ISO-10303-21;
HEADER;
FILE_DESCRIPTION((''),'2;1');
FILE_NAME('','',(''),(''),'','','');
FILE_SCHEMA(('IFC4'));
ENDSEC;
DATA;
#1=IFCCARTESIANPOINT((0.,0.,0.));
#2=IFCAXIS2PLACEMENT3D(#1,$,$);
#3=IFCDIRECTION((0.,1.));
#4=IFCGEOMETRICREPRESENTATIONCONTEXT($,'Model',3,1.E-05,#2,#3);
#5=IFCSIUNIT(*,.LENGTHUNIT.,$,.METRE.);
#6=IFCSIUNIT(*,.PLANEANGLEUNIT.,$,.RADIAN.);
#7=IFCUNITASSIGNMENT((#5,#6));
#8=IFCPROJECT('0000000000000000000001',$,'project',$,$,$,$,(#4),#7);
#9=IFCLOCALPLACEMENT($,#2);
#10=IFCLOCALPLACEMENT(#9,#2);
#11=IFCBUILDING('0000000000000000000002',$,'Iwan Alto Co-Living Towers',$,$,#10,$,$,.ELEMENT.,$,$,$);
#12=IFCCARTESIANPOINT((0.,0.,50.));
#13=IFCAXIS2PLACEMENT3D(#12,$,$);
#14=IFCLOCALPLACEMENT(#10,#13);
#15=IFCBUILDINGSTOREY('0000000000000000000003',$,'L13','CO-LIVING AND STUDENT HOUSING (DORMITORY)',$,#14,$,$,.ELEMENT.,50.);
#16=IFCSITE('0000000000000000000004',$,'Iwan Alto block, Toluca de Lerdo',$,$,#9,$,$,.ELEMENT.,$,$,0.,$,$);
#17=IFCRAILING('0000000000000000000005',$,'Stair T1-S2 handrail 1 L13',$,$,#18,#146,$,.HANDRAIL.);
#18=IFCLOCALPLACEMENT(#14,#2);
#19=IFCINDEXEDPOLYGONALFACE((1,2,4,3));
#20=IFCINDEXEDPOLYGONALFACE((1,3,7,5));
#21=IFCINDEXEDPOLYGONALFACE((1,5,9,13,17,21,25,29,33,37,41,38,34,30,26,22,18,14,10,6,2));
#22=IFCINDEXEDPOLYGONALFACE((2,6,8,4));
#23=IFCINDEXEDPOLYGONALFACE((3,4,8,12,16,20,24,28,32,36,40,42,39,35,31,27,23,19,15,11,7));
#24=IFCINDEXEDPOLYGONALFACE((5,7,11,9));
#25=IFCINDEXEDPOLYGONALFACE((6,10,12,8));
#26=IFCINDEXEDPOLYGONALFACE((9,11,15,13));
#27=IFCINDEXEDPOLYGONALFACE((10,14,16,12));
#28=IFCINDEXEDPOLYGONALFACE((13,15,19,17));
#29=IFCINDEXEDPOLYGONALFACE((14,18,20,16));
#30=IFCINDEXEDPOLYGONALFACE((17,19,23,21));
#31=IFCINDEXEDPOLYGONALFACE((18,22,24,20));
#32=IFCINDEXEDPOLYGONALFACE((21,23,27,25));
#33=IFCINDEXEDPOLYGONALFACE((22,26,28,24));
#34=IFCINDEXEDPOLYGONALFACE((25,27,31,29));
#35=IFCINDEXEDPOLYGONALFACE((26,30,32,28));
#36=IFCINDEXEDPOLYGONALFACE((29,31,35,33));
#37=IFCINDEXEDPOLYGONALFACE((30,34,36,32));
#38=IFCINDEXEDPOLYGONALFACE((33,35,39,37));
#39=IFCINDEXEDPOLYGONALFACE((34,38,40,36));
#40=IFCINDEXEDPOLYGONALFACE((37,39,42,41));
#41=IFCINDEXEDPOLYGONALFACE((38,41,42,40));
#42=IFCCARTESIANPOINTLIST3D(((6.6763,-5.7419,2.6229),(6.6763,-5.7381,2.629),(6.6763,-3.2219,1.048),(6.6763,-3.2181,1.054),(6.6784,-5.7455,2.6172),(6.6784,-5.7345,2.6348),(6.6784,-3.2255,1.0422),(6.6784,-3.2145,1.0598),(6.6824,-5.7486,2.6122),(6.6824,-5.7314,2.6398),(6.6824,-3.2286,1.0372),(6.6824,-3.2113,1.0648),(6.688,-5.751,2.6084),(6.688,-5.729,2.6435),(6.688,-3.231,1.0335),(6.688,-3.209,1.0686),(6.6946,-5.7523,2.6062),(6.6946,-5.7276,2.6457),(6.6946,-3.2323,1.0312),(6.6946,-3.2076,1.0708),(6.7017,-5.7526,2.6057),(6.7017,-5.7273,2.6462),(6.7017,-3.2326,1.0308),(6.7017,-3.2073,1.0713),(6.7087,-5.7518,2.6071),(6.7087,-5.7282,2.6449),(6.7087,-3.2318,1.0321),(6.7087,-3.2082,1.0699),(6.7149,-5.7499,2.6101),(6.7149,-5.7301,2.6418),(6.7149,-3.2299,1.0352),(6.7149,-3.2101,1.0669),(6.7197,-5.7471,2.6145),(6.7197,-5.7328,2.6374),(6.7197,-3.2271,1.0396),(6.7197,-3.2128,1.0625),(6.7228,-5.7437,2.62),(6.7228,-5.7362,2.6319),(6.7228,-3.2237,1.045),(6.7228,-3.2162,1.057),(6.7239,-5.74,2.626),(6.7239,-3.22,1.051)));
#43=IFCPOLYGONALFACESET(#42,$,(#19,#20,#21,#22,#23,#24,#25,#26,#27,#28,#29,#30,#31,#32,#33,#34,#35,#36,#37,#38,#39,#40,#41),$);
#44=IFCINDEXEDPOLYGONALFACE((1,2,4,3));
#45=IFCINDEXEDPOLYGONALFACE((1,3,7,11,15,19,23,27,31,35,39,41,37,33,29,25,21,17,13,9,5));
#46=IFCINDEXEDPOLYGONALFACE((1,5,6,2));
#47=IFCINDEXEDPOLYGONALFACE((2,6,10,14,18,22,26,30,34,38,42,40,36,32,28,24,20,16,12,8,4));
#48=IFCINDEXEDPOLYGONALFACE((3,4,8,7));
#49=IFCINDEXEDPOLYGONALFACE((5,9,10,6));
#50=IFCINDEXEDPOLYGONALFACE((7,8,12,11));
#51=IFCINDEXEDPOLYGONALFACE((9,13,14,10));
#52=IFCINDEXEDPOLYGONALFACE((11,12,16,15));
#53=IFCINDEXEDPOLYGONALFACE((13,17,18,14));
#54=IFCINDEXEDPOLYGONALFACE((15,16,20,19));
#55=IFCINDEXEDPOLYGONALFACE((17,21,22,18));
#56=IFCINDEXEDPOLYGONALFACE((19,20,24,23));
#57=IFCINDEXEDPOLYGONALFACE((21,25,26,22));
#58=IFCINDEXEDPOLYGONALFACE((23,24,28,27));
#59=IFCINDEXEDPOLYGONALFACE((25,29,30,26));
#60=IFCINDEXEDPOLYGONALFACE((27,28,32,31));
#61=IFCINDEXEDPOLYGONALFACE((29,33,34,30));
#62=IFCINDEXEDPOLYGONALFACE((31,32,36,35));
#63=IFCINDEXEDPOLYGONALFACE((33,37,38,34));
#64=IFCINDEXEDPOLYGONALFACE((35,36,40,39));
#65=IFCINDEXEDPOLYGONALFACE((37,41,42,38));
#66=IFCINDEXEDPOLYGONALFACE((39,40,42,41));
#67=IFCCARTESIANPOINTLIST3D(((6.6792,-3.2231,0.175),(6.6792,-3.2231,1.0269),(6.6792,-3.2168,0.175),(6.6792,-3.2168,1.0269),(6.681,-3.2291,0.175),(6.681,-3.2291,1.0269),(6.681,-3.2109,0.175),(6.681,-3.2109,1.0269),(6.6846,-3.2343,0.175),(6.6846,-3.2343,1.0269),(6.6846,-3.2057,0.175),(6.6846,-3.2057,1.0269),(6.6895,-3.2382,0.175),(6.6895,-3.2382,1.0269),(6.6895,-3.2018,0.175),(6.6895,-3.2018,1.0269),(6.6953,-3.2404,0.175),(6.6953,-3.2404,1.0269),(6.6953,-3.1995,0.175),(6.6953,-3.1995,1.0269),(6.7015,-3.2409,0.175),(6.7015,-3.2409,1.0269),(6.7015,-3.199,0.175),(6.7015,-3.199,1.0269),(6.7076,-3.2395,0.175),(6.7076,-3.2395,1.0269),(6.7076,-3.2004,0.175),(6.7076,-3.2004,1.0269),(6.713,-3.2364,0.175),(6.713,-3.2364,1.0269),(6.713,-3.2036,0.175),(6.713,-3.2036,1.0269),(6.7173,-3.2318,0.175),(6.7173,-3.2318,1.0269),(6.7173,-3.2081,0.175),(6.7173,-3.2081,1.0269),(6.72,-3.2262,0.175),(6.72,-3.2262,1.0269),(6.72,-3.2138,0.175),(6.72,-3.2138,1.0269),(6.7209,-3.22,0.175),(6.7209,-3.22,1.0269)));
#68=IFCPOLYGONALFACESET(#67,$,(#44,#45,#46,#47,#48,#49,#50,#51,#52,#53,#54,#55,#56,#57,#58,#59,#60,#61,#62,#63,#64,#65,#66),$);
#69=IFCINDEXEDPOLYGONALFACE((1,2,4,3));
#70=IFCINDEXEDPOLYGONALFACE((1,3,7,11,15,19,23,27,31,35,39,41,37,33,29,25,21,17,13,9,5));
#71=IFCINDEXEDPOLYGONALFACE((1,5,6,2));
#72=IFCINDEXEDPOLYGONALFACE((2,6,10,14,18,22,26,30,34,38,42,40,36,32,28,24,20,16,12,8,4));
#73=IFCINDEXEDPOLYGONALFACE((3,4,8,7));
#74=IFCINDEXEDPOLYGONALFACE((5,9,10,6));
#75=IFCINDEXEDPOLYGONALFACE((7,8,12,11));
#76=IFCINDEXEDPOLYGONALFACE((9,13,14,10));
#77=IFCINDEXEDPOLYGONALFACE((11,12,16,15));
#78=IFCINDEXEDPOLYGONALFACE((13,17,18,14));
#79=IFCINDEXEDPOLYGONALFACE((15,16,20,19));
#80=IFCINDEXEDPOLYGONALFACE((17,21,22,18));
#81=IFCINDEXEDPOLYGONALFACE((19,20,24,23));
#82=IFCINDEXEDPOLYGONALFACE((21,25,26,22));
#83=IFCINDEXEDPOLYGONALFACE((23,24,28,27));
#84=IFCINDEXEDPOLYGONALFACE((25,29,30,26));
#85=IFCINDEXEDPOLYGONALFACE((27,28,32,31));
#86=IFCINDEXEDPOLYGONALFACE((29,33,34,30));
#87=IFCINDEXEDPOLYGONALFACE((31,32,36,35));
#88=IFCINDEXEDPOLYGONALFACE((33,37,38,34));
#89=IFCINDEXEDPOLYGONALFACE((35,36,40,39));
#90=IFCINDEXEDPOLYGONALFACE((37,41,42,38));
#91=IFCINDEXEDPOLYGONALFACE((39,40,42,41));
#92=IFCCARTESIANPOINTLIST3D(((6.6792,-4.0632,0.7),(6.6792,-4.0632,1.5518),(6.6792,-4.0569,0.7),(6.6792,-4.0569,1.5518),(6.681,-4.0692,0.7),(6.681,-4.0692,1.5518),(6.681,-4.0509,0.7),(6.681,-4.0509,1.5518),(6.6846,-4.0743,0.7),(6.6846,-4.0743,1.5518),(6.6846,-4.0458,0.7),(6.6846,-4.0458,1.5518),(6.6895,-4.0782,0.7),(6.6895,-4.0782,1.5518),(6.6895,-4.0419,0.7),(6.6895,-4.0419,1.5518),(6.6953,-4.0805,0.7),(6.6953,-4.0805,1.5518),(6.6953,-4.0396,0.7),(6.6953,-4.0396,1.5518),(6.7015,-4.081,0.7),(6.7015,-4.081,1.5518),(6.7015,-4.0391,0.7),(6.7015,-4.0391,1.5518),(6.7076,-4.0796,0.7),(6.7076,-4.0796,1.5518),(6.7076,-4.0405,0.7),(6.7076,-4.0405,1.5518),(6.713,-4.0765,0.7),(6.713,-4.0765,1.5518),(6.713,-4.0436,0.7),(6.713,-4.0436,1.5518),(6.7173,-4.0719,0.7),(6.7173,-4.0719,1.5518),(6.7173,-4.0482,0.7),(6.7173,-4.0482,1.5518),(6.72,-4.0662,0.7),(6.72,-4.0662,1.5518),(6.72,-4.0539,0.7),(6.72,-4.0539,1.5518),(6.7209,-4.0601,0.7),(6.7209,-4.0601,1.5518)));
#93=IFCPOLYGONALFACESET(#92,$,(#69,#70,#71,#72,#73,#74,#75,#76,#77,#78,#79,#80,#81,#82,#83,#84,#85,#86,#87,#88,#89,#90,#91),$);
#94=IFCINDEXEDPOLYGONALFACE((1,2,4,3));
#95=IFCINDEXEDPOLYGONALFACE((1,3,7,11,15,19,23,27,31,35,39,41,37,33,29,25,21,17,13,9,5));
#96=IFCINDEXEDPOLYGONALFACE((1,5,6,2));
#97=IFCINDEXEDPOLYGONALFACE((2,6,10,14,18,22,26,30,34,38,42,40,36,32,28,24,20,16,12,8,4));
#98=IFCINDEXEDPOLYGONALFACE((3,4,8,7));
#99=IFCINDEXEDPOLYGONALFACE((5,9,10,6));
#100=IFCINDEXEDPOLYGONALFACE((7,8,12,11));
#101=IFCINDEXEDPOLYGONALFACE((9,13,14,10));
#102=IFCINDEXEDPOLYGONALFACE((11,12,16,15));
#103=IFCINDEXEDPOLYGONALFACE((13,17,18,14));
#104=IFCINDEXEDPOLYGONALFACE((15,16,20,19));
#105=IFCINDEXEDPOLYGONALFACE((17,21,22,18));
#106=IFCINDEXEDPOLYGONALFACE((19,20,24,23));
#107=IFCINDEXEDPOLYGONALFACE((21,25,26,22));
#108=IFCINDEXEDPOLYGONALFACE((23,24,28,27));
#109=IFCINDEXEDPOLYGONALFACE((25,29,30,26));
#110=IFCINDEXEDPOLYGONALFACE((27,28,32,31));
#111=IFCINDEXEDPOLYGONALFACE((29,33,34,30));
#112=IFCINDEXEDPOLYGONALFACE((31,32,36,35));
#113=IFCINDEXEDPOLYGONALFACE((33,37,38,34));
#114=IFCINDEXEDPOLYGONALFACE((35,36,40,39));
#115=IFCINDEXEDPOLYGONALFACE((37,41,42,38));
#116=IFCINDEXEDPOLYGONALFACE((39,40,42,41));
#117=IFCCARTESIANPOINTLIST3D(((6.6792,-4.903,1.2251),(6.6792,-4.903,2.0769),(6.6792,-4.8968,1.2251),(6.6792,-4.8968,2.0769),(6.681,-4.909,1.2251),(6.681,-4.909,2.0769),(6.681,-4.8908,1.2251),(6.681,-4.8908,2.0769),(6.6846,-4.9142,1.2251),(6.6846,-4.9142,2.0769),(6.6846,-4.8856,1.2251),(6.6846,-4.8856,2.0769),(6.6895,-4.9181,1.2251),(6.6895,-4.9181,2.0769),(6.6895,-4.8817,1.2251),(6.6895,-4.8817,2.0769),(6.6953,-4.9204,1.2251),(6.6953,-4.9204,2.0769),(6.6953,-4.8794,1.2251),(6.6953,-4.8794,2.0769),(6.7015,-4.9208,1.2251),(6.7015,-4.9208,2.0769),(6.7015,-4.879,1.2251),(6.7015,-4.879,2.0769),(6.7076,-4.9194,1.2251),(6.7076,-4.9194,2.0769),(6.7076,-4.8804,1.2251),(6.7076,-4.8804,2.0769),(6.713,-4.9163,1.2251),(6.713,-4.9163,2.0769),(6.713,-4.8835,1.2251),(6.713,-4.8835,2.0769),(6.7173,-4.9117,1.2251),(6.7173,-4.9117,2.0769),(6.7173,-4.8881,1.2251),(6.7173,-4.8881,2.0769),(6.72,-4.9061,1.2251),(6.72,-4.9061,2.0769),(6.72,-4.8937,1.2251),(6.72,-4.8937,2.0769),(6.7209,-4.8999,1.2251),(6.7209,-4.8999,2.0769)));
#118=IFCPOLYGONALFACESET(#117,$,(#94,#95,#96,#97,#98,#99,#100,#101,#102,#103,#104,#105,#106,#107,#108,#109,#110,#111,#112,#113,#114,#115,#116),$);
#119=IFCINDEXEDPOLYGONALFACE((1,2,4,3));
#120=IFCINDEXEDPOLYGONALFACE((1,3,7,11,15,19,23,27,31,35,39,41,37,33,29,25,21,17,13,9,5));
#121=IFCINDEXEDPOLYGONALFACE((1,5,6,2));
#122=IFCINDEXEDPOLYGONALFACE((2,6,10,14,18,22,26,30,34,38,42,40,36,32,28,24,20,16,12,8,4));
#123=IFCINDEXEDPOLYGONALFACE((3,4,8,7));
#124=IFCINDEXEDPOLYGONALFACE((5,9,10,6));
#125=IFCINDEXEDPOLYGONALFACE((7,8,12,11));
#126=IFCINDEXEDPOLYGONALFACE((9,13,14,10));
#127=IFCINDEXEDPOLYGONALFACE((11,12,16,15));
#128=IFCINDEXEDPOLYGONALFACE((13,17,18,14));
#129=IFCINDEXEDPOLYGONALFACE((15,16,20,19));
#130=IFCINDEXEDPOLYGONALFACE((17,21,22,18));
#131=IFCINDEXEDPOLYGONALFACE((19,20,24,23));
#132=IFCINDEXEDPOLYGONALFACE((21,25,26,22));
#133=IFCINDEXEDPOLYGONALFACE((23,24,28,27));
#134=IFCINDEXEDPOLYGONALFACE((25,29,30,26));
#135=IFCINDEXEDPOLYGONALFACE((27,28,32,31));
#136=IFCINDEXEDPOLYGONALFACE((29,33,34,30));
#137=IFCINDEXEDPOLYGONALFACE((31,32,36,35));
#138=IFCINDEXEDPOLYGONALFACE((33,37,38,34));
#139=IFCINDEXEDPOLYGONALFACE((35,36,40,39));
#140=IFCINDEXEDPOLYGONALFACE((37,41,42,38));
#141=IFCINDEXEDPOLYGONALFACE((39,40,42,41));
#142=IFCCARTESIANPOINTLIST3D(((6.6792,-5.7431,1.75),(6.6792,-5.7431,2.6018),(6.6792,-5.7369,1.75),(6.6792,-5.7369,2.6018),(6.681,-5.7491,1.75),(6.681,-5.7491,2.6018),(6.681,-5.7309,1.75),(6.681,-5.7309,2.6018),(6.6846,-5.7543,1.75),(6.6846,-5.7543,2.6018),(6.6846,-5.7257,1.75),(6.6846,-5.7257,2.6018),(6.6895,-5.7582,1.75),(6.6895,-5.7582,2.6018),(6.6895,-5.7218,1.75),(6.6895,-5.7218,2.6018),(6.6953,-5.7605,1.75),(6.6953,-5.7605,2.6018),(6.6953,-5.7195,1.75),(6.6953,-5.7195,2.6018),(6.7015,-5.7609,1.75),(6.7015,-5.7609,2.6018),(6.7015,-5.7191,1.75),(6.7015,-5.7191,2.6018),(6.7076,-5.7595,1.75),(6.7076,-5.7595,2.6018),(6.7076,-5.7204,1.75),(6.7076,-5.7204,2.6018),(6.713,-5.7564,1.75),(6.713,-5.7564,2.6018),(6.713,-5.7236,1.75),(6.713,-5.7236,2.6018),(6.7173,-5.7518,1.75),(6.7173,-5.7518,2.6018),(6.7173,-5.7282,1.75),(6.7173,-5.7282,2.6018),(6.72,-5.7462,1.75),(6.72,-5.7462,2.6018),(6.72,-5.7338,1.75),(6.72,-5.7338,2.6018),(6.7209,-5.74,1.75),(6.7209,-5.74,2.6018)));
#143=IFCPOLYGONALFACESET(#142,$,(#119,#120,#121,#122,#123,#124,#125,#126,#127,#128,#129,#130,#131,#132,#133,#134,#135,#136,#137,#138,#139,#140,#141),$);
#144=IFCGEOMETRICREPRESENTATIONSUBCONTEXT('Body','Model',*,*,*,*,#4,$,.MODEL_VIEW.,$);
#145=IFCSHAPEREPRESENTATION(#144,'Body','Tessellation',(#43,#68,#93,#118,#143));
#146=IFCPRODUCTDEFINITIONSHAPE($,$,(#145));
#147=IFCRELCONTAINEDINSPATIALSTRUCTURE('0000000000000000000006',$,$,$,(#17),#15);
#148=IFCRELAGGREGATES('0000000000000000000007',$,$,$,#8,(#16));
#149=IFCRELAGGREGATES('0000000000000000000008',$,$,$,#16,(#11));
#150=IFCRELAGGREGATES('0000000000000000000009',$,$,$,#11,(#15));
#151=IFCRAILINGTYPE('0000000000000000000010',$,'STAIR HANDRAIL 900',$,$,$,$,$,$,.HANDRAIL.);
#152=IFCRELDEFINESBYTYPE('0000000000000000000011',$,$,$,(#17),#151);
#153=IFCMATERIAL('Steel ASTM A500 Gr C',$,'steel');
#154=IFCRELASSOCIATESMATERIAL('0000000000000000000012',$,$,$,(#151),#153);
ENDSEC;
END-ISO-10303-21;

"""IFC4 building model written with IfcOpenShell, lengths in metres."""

from ifc_helpers import new_model, si_unit, direction, frame, origin, origin_2d, place, context, subcontext, project, spatial, circle, extrude, material, type_object, element, save


model = new_model("IFC4")

# Units and contexts
model_context = context("Model", 3, precision=1e-05, world=origin(), true_north=direction((0.0, 1.0)))
body_context = subcontext(model_context, "Body", "Model", "MODEL_VIEW")
ifc_project = project(units=[si_unit("LENGTHUNIT", "METRE"), si_unit("PLANEANGLEUNIT", "RADIAN")], contexts=[model_context])

# Site, building, storey
site_placement = place(None, origin())
site = spatial("IfcSite", under=ifc_project, at=site_placement, Name="Iwan Alto block, Toluca de Lerdo", CompositionType="ELEMENT", RefElevation=0.0)
building_placement = place(site_placement, origin())
building = spatial("IfcBuilding", under=site, at=building_placement, Name="Iwan Alto Co-Living Towers", CompositionType="ELEMENT")
storey_placement = place(building_placement, frame((0.0, 0.0, 50.0)))
storey = spatial("IfcBuildingStorey", under=building, at=storey_placement, Name="L13", Description="CO-LIVING AND STUDENT HOUSING (DORMITORY)", CompositionType="ELEMENT", Elevation=50.0)

# Railing
ifc_material_1 = material(Name="Steel ASTM A500 Gr C", Category="steel")
railing_type_1 = type_object("IfcRailingType", Name="STAIR HANDRAIL 900", PredefinedType="HANDRAIL", material=ifc_material_1)
railing_1_placement = place(storey_placement, frame((6.7, -3.22, 0.175)))
element("IfcRailing", 1, at=railing_1_placement, inside=storey, type_object=railing_type_1, Name="Stair T1-S2 handrail 1 L13", PredefinedType="HANDRAIL", context=body_context, shape_type="SweptSolid", body=[
    extrude(circle(Radius=0.0239, at=origin_2d()), frame((0.0, 0.0, 0.876), z_axis=(0.0, -0.848008, 0.529984), x_axis=(1.0, 0.0, 0.0)), (0.0, 0.0, 1.0), 2.9717),
    extrude(circle(Radius=0.021, at=origin_2d()), origin(), (0.0, 0.0, 1.0), 0.8518),
    extrude(circle(Radius=0.021, at=origin_2d()), frame((0.0, -0.8401, 0.5249)), (0.0, 0.0, 1.0), 0.8518),
    extrude(circle(Radius=0.021, at=origin_2d()), frame((0.0, -1.6799, 1.05)), (0.0, 0.0, 1.0), 0.8518),
    extrude(circle(Radius=0.021, at=origin_2d()), frame((0.0, -2.52, 1.575)), (0.0, 0.0, 1.0), 0.8518),
])

save(model, "model.ifc")
